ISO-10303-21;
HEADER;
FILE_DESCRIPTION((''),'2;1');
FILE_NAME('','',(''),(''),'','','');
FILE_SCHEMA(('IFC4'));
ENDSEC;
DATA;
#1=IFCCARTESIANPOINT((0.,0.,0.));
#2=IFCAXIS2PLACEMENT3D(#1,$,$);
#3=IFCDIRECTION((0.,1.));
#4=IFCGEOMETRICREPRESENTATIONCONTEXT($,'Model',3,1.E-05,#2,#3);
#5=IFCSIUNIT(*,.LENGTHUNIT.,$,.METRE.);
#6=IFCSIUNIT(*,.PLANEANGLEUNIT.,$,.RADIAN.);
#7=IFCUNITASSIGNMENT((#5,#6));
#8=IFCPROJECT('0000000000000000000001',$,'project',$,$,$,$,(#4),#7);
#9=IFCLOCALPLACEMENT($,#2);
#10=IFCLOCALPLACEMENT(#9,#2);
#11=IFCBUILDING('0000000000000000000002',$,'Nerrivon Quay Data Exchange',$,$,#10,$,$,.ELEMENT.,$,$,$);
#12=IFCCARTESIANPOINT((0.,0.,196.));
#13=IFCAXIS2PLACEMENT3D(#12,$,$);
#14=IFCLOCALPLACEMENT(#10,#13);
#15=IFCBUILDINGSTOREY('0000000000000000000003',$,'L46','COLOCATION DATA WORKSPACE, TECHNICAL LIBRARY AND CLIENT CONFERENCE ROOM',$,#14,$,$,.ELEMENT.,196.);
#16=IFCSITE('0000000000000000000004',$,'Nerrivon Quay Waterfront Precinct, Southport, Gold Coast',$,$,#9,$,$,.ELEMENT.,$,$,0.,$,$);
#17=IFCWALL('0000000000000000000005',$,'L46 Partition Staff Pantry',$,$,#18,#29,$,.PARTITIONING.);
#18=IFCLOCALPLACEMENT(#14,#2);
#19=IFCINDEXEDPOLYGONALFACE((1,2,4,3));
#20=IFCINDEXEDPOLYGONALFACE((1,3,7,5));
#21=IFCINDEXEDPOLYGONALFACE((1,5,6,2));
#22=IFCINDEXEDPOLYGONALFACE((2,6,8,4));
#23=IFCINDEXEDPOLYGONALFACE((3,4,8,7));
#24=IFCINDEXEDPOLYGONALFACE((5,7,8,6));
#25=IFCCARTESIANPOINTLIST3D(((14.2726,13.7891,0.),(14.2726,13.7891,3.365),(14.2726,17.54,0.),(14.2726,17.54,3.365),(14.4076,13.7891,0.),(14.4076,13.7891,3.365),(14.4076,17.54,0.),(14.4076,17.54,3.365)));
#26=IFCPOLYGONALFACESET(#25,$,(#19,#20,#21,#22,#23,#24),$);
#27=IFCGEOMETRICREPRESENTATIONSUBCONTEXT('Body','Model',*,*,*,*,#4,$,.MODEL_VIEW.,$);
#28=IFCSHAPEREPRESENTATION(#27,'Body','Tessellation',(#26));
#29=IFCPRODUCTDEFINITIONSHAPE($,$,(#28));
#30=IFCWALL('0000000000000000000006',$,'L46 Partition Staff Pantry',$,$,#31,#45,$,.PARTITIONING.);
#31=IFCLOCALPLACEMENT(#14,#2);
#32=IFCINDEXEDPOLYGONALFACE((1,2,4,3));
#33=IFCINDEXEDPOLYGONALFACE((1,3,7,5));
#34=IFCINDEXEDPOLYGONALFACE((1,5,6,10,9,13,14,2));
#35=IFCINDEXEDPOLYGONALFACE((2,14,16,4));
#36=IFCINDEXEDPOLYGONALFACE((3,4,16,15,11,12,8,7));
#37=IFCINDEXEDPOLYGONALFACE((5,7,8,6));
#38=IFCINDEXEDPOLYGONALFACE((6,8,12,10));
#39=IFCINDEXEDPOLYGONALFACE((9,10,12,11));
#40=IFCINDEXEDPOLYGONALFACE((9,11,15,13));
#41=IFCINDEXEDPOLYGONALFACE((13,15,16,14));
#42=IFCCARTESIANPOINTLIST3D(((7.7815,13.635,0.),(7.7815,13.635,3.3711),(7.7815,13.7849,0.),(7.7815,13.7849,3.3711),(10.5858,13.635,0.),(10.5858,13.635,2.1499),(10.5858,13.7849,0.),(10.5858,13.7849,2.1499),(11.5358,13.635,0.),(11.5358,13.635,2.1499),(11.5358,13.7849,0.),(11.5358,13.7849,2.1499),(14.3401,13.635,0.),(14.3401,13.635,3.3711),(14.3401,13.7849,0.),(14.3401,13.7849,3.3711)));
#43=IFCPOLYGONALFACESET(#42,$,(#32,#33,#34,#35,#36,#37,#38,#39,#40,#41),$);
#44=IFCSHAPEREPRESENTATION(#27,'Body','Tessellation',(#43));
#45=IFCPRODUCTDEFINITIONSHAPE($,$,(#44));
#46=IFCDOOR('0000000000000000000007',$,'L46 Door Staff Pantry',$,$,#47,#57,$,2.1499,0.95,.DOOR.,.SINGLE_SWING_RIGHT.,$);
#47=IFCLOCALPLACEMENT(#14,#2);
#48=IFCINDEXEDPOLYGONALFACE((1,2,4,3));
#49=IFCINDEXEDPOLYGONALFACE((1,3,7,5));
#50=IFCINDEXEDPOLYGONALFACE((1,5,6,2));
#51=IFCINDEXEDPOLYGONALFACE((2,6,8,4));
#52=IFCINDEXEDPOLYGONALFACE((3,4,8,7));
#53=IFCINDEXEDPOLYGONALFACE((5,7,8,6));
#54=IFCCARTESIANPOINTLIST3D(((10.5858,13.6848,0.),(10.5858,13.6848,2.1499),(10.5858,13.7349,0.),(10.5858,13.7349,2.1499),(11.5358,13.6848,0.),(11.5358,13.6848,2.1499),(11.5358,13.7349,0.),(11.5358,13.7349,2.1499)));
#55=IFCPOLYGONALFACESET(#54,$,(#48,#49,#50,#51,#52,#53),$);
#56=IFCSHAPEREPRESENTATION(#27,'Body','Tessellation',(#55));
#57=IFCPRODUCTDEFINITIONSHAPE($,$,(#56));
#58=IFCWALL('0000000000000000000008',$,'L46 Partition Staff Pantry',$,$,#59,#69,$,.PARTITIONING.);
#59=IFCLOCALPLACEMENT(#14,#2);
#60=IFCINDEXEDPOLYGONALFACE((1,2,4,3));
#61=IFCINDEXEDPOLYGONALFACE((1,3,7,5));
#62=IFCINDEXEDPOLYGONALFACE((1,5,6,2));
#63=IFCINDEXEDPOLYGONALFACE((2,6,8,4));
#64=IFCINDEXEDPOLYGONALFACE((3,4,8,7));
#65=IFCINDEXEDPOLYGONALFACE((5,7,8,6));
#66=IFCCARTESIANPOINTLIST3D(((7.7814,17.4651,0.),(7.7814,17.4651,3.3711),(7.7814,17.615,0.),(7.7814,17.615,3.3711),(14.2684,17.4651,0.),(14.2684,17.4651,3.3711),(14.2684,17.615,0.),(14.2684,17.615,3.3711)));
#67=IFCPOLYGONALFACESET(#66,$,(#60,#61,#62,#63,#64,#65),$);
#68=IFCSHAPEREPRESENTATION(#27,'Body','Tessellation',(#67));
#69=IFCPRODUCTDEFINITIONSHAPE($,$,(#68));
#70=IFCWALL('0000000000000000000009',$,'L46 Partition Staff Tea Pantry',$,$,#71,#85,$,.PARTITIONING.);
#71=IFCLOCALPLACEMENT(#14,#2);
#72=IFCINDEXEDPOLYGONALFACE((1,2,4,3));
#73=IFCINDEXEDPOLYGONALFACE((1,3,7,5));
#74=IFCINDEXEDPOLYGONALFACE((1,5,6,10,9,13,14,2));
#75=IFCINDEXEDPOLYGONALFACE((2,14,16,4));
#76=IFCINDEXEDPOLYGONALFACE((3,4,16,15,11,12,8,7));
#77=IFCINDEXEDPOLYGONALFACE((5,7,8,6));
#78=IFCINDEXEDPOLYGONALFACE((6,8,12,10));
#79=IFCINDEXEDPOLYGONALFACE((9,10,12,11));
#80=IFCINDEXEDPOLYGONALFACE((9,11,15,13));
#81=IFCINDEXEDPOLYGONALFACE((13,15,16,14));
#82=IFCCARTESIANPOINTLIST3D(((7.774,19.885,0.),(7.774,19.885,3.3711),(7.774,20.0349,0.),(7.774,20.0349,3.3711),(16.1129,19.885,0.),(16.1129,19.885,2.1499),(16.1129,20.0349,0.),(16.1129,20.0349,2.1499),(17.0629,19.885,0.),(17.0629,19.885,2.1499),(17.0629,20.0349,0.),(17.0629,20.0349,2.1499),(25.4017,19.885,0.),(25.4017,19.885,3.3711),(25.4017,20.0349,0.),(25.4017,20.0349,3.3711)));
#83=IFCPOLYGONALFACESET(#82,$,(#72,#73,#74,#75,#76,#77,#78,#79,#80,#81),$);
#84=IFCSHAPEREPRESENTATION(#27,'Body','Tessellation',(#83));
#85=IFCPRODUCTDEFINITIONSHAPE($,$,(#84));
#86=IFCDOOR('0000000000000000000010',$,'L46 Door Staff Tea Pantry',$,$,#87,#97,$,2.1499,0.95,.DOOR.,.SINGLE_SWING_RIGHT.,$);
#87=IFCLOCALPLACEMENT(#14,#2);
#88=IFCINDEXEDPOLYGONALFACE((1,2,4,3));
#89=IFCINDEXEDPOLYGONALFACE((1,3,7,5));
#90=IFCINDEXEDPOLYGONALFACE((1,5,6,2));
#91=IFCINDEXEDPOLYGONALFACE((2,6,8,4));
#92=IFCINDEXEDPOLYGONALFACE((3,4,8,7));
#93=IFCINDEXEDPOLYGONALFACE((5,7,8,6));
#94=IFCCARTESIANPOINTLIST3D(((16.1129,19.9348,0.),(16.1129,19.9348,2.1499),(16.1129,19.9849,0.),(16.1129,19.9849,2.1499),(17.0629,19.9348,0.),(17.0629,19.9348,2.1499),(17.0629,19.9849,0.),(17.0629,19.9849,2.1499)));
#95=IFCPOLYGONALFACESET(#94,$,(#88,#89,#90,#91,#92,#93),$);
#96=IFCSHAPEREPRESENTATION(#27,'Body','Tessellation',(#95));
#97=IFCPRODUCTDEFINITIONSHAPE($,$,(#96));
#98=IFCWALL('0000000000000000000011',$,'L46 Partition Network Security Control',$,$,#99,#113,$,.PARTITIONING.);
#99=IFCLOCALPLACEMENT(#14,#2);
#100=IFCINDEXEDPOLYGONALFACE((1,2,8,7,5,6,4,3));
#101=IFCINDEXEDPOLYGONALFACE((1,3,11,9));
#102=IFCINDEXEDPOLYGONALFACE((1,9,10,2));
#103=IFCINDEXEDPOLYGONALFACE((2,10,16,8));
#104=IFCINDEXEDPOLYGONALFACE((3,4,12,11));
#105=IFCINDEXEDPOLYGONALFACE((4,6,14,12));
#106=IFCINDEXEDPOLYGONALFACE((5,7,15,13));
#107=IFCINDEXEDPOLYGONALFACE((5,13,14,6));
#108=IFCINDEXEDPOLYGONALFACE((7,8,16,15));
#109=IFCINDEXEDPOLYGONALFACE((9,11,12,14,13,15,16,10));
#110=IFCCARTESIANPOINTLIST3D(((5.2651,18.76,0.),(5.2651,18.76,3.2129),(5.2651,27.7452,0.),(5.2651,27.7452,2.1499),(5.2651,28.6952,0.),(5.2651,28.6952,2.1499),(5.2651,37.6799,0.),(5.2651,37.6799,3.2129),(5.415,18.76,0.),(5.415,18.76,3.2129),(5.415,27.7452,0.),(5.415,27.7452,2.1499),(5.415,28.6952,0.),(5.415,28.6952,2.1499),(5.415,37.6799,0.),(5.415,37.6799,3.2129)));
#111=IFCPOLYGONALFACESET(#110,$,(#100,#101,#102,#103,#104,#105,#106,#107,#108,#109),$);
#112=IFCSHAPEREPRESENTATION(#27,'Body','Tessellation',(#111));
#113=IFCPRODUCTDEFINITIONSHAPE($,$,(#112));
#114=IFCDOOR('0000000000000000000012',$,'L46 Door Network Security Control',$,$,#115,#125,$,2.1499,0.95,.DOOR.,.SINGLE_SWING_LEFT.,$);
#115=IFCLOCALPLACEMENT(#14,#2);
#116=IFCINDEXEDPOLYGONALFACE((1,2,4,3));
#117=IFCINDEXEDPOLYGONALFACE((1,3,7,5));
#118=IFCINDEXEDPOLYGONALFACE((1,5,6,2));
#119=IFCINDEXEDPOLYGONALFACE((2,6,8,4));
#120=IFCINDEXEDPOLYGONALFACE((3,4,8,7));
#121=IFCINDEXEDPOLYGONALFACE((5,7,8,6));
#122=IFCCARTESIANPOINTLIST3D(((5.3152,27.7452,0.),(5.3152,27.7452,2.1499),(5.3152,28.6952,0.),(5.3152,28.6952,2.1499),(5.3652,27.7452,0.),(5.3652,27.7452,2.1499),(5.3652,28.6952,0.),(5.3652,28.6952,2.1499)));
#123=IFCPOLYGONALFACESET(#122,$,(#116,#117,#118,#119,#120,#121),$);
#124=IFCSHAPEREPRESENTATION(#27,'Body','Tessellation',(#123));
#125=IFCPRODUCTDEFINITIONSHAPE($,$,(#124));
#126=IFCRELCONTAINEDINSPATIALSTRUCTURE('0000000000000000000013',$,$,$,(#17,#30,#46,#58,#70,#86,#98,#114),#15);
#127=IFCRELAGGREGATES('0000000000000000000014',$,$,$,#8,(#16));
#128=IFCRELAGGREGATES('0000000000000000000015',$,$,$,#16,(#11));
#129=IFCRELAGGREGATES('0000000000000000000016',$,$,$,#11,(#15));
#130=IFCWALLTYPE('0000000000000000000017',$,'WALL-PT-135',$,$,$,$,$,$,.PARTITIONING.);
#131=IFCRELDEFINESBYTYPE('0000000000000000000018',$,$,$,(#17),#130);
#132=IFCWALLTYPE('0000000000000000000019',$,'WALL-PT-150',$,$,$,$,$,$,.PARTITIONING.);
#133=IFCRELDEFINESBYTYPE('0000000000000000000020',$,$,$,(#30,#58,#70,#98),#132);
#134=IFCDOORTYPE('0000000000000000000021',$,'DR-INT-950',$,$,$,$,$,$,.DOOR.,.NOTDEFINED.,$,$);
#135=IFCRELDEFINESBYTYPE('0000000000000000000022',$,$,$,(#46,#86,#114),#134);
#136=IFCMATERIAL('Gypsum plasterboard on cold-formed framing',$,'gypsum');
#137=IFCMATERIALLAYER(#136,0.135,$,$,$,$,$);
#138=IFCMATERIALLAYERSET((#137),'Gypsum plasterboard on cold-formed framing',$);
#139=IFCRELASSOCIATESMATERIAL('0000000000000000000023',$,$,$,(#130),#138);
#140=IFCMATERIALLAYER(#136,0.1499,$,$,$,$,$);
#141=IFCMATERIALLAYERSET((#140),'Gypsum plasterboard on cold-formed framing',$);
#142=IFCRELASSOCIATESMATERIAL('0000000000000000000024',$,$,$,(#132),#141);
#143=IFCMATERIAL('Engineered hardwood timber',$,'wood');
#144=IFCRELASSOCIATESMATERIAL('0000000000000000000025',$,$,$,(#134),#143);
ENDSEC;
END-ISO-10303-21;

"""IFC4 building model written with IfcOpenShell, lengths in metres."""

from ifc_helpers import new_model, si_unit, direction, frame, frame_2d, origin, place, context, subcontext, project, spatial, rectangle, extrude, material, layer, layer_set, type_object, element, fill, save


model = new_model("IFC4")

# Units and contexts
model_context = context("Model", 3, precision=1e-05, world=origin(), true_north=direction((0.0, 1.0)))
body_context = subcontext(model_context, "Body", "Model", "MODEL_VIEW")
ifc_project = project(units=[si_unit("LENGTHUNIT", "METRE"), si_unit("PLANEANGLEUNIT", "RADIAN")], contexts=[model_context])

# Site, building, storey
site_placement = place(None, origin())
site = spatial("IfcSite", under=ifc_project, at=site_placement, Name="Nerrivon Quay Waterfront Precinct, Southport, Gold Coast", CompositionType="ELEMENT", RefElevation=0.0)
building_placement = place(site_placement, origin())
building = spatial("IfcBuilding", under=site, at=building_placement, Name="Nerrivon Quay Data Exchange", CompositionType="ELEMENT")
storey_placement = place(building_placement, frame((0.0, 0.0, 196.0)))
storey = spatial("IfcBuildingStorey", under=building, at=storey_placement, Name="L46", Description="COLOCATION DATA WORKSPACE, TECHNICAL LIBRARY AND CLIENT CONFERENCE ROOM", CompositionType="ELEMENT", Elevation=196.0)

# Shared definitions
ifc_material_1 = material(Name="Gypsum plasterboard on cold-formed framing", Category="gypsum")

# Shared definitions
ifc_material_2 = material(Name="Engineered hardwood timber", Category="wood")

# Wall
ifc_layer_1 = layer(ifc_material_1, 0.135)
ifc_layer_set_1 = layer_set([ifc_layer_1], Name="Gypsum plasterboard on cold-formed framing")
wall_type_1 = type_object("IfcWallType", Name="WALL-PT-135", PredefinedType="PARTITIONING", material=ifc_layer_set_1)
wall_1_placement = place(storey_placement, frame((14.3401, 13.7891, 0.0), z_axis=(0.0, 0.0, 1.0), x_axis=(0.0, 1.0, 0.0)))
element("IfcWall", 1, at=wall_1_placement, inside=storey, type_object=wall_type_1, Name="L46 Partition Staff Pantry", PredefinedType="PARTITIONING", context=body_context, shape_type="SweptSolid", body=[
    extrude(rectangle(XDim=3.751, YDim=0.135, at=frame_2d((1.8755, 0.0))), origin(), (0.0, 0.0, 1.0), 3.365),
])

# Wall, opening, door
ifc_layer_2 = layer(ifc_material_1, 0.1499)
ifc_layer_set_2 = layer_set([ifc_layer_2], Name="Gypsum plasterboard on cold-formed framing")
wall_type_2 = type_object("IfcWallType", Name="WALL-PT-150", PredefinedType="PARTITIONING", material=ifc_layer_set_2)
wall_2_placement = place(storey_placement, frame((7.7815, 13.71, 0.0), z_axis=(0.0, 0.0, 1.0), x_axis=(1.0, 0.0, 0.0)))
wall_2 = element("IfcWall", 2, at=wall_2_placement, inside=storey, type_object=wall_type_2, Name="L46 Partition Staff Pantry", PredefinedType="PARTITIONING", context=body_context, shape_type="SweptSolid", body=[
    extrude(rectangle(XDim=6.5586, YDim=0.1499, at=frame_2d((3.2793, 0.0))), origin(), (0.0, 0.0, 1.0), 3.3711),
])
opening_1_placement = place(wall_2_placement, frame((2.8042, 0.0, 0.0)))
opening_1 = element("IfcOpeningElement", 3, at=opening_1_placement, cuts=wall_2, PredefinedType="OPENING", context=body_context, shape_type="SweptSolid", body=[
    extrude(rectangle(XDim=0.95, YDim=2.1499, at=frame_2d((0.4751, 1.075))), frame((0.0, 0.085, 0.0), z_axis=(0.0, -1.0, 0.0), x_axis=(1.0, 0.0, 0.0)), (0.0, 0.0, 1.0), 0.1699),
])
door_type_1 = type_object("IfcDoorType", Name="DR-INT-950", OperationType="NOTDEFINED", PredefinedType="DOOR", material=ifc_material_2)
door_1_placement = place(opening_1_placement, origin())
door_1 = element("IfcDoor", 4, at=door_1_placement, inside=storey, type_object=door_type_1, Name="L46 Door Staff Pantry", OperationType="SINGLE_SWING_RIGHT", OverallHeight=2.1499, OverallWidth=0.95, PredefinedType="DOOR", context=body_context, shape_type="SweptSolid", body=[
    extrude(rectangle(XDim=0.95, YDim=2.1499, at=frame_2d((0.4751, 1.075))), frame((0.0, 0.0249, 0.0), z_axis=(0.0, -1.0, 0.0), x_axis=(1.0, 0.0, 0.0)), (0.0, 0.0, 1.0), 0.05),
])
fill(opening_1, door_1)

# Wall
wall_3_placement = place(storey_placement, frame((14.2686, 17.54, 0.0), z_axis=(0.0, 0.0, 1.0), x_axis=(-1.0, 0.0, 0.0)))
element("IfcWall", 5, at=wall_3_placement, inside=storey, type_object=wall_type_2, Name="L46 Partition Staff Pantry", PredefinedType="PARTITIONING", context=body_context, shape_type="SweptSolid", body=[
    extrude(rectangle(XDim=6.4871, YDim=0.1499, at=frame_2d((3.2437, 0.0))), origin(), (0.0, 0.0, 1.0), 3.3711),
])

# Walls, openings, doors
wall_4_placement = place(storey_placement, frame((7.7739, 19.96, 0.0), z_axis=(0.0, 0.0, 1.0), x_axis=(1.0, 0.0, 0.0)))
wall_4 = element("IfcWall", 6, at=wall_4_placement, inside=storey, type_object=wall_type_2, Name="L46 Partition Staff Tea Pantry", PredefinedType="PARTITIONING", context=body_context, shape_type="SweptSolid", body=[
    extrude(rectangle(XDim=17.6277, YDim=0.1499, at=frame_2d((8.814, 0.0))), origin(), (0.0, 0.0, 1.0), 3.3711),
])
opening_2_placement = place(wall_4_placement, frame((8.3389, 0.0, 0.0)))
opening_2 = element("IfcOpeningElement", 7, at=opening_2_placement, cuts=wall_4, PredefinedType="OPENING", context=body_context, shape_type="SweptSolid", body=[
    extrude(rectangle(XDim=0.95, YDim=2.1499, at=frame_2d((0.4751, 1.075))), frame((0.0, 0.085, 0.0), z_axis=(0.0, -1.0, 0.0), x_axis=(1.0, 0.0, 0.0)), (0.0, 0.0, 1.0), 0.1699),
])
door_2_placement = place(opening_2_placement, origin())
door_2 = element("IfcDoor", 8, at=door_2_placement, inside=storey, type_object=door_type_1, Name="L46 Door Staff Tea Pantry", OperationType="SINGLE_SWING_RIGHT", OverallHeight=2.1499, OverallWidth=0.95, PredefinedType="DOOR", context=body_context, shape_type="SweptSolid", body=[
    extrude(rectangle(XDim=0.95, YDim=2.1499, at=frame_2d((0.4751, 1.075))), frame((0.0, 0.0249, 0.0), z_axis=(0.0, -1.0, 0.0), x_axis=(1.0, 0.0, 0.0)), (0.0, 0.0, 1.0), 0.05),
])
fill(opening_2, door_2)
wall_5_placement = place(storey_placement, frame((5.3401, 18.76, 0.0), z_axis=(0.0, 0.0, 1.0), x_axis=(0.0, 1.0, 0.0)))
wall_5 = element("IfcWall", 9, at=wall_5_placement, inside=storey, type_object=wall_type_2, Name="L46 Partition Network Security Control", PredefinedType="PARTITIONING", context=body_context, shape_type="SweptSolid", body=[
    extrude(rectangle(XDim=18.9199, YDim=0.1499, at=frame_2d((9.46, 0.0))), origin(), (0.0, 0.0, 1.0), 3.2129),
])
opening_3_placement = place(wall_5_placement, frame((8.9851, 0.0, 0.0)))
opening_3 = element("IfcOpeningElement", 10, at=opening_3_placement, cuts=wall_5, PredefinedType="OPENING", context=body_context, shape_type="SweptSolid", body=[
    extrude(rectangle(XDim=0.95, YDim=2.1499, at=frame_2d((0.4751, 1.075))), frame((0.0, 0.085, 0.0), z_axis=(0.0, -1.0, 0.0), x_axis=(1.0, 0.0, 0.0)), (0.0, 0.0, 1.0), 0.1699),
])
door_3_placement = place(opening_3_placement, origin())
door_3 = element("IfcDoor", 11, at=door_3_placement, inside=storey, type_object=door_type_1, Name="L46 Door Network Security Control", OperationType="SINGLE_SWING_LEFT", OverallHeight=2.1499, OverallWidth=0.95, PredefinedType="DOOR", context=body_context, shape_type="SweptSolid", body=[
    extrude(rectangle(XDim=0.95, YDim=2.1499, at=frame_2d((0.4751, 1.075))), frame((0.0, 0.0249, 0.0), z_axis=(0.0, -1.0, 0.0), x_axis=(1.0, 0.0, 0.0)), (0.0, 0.0, 1.0), 0.05),
])
fill(opening_3, door_3)

save(model, "model.ifc")
